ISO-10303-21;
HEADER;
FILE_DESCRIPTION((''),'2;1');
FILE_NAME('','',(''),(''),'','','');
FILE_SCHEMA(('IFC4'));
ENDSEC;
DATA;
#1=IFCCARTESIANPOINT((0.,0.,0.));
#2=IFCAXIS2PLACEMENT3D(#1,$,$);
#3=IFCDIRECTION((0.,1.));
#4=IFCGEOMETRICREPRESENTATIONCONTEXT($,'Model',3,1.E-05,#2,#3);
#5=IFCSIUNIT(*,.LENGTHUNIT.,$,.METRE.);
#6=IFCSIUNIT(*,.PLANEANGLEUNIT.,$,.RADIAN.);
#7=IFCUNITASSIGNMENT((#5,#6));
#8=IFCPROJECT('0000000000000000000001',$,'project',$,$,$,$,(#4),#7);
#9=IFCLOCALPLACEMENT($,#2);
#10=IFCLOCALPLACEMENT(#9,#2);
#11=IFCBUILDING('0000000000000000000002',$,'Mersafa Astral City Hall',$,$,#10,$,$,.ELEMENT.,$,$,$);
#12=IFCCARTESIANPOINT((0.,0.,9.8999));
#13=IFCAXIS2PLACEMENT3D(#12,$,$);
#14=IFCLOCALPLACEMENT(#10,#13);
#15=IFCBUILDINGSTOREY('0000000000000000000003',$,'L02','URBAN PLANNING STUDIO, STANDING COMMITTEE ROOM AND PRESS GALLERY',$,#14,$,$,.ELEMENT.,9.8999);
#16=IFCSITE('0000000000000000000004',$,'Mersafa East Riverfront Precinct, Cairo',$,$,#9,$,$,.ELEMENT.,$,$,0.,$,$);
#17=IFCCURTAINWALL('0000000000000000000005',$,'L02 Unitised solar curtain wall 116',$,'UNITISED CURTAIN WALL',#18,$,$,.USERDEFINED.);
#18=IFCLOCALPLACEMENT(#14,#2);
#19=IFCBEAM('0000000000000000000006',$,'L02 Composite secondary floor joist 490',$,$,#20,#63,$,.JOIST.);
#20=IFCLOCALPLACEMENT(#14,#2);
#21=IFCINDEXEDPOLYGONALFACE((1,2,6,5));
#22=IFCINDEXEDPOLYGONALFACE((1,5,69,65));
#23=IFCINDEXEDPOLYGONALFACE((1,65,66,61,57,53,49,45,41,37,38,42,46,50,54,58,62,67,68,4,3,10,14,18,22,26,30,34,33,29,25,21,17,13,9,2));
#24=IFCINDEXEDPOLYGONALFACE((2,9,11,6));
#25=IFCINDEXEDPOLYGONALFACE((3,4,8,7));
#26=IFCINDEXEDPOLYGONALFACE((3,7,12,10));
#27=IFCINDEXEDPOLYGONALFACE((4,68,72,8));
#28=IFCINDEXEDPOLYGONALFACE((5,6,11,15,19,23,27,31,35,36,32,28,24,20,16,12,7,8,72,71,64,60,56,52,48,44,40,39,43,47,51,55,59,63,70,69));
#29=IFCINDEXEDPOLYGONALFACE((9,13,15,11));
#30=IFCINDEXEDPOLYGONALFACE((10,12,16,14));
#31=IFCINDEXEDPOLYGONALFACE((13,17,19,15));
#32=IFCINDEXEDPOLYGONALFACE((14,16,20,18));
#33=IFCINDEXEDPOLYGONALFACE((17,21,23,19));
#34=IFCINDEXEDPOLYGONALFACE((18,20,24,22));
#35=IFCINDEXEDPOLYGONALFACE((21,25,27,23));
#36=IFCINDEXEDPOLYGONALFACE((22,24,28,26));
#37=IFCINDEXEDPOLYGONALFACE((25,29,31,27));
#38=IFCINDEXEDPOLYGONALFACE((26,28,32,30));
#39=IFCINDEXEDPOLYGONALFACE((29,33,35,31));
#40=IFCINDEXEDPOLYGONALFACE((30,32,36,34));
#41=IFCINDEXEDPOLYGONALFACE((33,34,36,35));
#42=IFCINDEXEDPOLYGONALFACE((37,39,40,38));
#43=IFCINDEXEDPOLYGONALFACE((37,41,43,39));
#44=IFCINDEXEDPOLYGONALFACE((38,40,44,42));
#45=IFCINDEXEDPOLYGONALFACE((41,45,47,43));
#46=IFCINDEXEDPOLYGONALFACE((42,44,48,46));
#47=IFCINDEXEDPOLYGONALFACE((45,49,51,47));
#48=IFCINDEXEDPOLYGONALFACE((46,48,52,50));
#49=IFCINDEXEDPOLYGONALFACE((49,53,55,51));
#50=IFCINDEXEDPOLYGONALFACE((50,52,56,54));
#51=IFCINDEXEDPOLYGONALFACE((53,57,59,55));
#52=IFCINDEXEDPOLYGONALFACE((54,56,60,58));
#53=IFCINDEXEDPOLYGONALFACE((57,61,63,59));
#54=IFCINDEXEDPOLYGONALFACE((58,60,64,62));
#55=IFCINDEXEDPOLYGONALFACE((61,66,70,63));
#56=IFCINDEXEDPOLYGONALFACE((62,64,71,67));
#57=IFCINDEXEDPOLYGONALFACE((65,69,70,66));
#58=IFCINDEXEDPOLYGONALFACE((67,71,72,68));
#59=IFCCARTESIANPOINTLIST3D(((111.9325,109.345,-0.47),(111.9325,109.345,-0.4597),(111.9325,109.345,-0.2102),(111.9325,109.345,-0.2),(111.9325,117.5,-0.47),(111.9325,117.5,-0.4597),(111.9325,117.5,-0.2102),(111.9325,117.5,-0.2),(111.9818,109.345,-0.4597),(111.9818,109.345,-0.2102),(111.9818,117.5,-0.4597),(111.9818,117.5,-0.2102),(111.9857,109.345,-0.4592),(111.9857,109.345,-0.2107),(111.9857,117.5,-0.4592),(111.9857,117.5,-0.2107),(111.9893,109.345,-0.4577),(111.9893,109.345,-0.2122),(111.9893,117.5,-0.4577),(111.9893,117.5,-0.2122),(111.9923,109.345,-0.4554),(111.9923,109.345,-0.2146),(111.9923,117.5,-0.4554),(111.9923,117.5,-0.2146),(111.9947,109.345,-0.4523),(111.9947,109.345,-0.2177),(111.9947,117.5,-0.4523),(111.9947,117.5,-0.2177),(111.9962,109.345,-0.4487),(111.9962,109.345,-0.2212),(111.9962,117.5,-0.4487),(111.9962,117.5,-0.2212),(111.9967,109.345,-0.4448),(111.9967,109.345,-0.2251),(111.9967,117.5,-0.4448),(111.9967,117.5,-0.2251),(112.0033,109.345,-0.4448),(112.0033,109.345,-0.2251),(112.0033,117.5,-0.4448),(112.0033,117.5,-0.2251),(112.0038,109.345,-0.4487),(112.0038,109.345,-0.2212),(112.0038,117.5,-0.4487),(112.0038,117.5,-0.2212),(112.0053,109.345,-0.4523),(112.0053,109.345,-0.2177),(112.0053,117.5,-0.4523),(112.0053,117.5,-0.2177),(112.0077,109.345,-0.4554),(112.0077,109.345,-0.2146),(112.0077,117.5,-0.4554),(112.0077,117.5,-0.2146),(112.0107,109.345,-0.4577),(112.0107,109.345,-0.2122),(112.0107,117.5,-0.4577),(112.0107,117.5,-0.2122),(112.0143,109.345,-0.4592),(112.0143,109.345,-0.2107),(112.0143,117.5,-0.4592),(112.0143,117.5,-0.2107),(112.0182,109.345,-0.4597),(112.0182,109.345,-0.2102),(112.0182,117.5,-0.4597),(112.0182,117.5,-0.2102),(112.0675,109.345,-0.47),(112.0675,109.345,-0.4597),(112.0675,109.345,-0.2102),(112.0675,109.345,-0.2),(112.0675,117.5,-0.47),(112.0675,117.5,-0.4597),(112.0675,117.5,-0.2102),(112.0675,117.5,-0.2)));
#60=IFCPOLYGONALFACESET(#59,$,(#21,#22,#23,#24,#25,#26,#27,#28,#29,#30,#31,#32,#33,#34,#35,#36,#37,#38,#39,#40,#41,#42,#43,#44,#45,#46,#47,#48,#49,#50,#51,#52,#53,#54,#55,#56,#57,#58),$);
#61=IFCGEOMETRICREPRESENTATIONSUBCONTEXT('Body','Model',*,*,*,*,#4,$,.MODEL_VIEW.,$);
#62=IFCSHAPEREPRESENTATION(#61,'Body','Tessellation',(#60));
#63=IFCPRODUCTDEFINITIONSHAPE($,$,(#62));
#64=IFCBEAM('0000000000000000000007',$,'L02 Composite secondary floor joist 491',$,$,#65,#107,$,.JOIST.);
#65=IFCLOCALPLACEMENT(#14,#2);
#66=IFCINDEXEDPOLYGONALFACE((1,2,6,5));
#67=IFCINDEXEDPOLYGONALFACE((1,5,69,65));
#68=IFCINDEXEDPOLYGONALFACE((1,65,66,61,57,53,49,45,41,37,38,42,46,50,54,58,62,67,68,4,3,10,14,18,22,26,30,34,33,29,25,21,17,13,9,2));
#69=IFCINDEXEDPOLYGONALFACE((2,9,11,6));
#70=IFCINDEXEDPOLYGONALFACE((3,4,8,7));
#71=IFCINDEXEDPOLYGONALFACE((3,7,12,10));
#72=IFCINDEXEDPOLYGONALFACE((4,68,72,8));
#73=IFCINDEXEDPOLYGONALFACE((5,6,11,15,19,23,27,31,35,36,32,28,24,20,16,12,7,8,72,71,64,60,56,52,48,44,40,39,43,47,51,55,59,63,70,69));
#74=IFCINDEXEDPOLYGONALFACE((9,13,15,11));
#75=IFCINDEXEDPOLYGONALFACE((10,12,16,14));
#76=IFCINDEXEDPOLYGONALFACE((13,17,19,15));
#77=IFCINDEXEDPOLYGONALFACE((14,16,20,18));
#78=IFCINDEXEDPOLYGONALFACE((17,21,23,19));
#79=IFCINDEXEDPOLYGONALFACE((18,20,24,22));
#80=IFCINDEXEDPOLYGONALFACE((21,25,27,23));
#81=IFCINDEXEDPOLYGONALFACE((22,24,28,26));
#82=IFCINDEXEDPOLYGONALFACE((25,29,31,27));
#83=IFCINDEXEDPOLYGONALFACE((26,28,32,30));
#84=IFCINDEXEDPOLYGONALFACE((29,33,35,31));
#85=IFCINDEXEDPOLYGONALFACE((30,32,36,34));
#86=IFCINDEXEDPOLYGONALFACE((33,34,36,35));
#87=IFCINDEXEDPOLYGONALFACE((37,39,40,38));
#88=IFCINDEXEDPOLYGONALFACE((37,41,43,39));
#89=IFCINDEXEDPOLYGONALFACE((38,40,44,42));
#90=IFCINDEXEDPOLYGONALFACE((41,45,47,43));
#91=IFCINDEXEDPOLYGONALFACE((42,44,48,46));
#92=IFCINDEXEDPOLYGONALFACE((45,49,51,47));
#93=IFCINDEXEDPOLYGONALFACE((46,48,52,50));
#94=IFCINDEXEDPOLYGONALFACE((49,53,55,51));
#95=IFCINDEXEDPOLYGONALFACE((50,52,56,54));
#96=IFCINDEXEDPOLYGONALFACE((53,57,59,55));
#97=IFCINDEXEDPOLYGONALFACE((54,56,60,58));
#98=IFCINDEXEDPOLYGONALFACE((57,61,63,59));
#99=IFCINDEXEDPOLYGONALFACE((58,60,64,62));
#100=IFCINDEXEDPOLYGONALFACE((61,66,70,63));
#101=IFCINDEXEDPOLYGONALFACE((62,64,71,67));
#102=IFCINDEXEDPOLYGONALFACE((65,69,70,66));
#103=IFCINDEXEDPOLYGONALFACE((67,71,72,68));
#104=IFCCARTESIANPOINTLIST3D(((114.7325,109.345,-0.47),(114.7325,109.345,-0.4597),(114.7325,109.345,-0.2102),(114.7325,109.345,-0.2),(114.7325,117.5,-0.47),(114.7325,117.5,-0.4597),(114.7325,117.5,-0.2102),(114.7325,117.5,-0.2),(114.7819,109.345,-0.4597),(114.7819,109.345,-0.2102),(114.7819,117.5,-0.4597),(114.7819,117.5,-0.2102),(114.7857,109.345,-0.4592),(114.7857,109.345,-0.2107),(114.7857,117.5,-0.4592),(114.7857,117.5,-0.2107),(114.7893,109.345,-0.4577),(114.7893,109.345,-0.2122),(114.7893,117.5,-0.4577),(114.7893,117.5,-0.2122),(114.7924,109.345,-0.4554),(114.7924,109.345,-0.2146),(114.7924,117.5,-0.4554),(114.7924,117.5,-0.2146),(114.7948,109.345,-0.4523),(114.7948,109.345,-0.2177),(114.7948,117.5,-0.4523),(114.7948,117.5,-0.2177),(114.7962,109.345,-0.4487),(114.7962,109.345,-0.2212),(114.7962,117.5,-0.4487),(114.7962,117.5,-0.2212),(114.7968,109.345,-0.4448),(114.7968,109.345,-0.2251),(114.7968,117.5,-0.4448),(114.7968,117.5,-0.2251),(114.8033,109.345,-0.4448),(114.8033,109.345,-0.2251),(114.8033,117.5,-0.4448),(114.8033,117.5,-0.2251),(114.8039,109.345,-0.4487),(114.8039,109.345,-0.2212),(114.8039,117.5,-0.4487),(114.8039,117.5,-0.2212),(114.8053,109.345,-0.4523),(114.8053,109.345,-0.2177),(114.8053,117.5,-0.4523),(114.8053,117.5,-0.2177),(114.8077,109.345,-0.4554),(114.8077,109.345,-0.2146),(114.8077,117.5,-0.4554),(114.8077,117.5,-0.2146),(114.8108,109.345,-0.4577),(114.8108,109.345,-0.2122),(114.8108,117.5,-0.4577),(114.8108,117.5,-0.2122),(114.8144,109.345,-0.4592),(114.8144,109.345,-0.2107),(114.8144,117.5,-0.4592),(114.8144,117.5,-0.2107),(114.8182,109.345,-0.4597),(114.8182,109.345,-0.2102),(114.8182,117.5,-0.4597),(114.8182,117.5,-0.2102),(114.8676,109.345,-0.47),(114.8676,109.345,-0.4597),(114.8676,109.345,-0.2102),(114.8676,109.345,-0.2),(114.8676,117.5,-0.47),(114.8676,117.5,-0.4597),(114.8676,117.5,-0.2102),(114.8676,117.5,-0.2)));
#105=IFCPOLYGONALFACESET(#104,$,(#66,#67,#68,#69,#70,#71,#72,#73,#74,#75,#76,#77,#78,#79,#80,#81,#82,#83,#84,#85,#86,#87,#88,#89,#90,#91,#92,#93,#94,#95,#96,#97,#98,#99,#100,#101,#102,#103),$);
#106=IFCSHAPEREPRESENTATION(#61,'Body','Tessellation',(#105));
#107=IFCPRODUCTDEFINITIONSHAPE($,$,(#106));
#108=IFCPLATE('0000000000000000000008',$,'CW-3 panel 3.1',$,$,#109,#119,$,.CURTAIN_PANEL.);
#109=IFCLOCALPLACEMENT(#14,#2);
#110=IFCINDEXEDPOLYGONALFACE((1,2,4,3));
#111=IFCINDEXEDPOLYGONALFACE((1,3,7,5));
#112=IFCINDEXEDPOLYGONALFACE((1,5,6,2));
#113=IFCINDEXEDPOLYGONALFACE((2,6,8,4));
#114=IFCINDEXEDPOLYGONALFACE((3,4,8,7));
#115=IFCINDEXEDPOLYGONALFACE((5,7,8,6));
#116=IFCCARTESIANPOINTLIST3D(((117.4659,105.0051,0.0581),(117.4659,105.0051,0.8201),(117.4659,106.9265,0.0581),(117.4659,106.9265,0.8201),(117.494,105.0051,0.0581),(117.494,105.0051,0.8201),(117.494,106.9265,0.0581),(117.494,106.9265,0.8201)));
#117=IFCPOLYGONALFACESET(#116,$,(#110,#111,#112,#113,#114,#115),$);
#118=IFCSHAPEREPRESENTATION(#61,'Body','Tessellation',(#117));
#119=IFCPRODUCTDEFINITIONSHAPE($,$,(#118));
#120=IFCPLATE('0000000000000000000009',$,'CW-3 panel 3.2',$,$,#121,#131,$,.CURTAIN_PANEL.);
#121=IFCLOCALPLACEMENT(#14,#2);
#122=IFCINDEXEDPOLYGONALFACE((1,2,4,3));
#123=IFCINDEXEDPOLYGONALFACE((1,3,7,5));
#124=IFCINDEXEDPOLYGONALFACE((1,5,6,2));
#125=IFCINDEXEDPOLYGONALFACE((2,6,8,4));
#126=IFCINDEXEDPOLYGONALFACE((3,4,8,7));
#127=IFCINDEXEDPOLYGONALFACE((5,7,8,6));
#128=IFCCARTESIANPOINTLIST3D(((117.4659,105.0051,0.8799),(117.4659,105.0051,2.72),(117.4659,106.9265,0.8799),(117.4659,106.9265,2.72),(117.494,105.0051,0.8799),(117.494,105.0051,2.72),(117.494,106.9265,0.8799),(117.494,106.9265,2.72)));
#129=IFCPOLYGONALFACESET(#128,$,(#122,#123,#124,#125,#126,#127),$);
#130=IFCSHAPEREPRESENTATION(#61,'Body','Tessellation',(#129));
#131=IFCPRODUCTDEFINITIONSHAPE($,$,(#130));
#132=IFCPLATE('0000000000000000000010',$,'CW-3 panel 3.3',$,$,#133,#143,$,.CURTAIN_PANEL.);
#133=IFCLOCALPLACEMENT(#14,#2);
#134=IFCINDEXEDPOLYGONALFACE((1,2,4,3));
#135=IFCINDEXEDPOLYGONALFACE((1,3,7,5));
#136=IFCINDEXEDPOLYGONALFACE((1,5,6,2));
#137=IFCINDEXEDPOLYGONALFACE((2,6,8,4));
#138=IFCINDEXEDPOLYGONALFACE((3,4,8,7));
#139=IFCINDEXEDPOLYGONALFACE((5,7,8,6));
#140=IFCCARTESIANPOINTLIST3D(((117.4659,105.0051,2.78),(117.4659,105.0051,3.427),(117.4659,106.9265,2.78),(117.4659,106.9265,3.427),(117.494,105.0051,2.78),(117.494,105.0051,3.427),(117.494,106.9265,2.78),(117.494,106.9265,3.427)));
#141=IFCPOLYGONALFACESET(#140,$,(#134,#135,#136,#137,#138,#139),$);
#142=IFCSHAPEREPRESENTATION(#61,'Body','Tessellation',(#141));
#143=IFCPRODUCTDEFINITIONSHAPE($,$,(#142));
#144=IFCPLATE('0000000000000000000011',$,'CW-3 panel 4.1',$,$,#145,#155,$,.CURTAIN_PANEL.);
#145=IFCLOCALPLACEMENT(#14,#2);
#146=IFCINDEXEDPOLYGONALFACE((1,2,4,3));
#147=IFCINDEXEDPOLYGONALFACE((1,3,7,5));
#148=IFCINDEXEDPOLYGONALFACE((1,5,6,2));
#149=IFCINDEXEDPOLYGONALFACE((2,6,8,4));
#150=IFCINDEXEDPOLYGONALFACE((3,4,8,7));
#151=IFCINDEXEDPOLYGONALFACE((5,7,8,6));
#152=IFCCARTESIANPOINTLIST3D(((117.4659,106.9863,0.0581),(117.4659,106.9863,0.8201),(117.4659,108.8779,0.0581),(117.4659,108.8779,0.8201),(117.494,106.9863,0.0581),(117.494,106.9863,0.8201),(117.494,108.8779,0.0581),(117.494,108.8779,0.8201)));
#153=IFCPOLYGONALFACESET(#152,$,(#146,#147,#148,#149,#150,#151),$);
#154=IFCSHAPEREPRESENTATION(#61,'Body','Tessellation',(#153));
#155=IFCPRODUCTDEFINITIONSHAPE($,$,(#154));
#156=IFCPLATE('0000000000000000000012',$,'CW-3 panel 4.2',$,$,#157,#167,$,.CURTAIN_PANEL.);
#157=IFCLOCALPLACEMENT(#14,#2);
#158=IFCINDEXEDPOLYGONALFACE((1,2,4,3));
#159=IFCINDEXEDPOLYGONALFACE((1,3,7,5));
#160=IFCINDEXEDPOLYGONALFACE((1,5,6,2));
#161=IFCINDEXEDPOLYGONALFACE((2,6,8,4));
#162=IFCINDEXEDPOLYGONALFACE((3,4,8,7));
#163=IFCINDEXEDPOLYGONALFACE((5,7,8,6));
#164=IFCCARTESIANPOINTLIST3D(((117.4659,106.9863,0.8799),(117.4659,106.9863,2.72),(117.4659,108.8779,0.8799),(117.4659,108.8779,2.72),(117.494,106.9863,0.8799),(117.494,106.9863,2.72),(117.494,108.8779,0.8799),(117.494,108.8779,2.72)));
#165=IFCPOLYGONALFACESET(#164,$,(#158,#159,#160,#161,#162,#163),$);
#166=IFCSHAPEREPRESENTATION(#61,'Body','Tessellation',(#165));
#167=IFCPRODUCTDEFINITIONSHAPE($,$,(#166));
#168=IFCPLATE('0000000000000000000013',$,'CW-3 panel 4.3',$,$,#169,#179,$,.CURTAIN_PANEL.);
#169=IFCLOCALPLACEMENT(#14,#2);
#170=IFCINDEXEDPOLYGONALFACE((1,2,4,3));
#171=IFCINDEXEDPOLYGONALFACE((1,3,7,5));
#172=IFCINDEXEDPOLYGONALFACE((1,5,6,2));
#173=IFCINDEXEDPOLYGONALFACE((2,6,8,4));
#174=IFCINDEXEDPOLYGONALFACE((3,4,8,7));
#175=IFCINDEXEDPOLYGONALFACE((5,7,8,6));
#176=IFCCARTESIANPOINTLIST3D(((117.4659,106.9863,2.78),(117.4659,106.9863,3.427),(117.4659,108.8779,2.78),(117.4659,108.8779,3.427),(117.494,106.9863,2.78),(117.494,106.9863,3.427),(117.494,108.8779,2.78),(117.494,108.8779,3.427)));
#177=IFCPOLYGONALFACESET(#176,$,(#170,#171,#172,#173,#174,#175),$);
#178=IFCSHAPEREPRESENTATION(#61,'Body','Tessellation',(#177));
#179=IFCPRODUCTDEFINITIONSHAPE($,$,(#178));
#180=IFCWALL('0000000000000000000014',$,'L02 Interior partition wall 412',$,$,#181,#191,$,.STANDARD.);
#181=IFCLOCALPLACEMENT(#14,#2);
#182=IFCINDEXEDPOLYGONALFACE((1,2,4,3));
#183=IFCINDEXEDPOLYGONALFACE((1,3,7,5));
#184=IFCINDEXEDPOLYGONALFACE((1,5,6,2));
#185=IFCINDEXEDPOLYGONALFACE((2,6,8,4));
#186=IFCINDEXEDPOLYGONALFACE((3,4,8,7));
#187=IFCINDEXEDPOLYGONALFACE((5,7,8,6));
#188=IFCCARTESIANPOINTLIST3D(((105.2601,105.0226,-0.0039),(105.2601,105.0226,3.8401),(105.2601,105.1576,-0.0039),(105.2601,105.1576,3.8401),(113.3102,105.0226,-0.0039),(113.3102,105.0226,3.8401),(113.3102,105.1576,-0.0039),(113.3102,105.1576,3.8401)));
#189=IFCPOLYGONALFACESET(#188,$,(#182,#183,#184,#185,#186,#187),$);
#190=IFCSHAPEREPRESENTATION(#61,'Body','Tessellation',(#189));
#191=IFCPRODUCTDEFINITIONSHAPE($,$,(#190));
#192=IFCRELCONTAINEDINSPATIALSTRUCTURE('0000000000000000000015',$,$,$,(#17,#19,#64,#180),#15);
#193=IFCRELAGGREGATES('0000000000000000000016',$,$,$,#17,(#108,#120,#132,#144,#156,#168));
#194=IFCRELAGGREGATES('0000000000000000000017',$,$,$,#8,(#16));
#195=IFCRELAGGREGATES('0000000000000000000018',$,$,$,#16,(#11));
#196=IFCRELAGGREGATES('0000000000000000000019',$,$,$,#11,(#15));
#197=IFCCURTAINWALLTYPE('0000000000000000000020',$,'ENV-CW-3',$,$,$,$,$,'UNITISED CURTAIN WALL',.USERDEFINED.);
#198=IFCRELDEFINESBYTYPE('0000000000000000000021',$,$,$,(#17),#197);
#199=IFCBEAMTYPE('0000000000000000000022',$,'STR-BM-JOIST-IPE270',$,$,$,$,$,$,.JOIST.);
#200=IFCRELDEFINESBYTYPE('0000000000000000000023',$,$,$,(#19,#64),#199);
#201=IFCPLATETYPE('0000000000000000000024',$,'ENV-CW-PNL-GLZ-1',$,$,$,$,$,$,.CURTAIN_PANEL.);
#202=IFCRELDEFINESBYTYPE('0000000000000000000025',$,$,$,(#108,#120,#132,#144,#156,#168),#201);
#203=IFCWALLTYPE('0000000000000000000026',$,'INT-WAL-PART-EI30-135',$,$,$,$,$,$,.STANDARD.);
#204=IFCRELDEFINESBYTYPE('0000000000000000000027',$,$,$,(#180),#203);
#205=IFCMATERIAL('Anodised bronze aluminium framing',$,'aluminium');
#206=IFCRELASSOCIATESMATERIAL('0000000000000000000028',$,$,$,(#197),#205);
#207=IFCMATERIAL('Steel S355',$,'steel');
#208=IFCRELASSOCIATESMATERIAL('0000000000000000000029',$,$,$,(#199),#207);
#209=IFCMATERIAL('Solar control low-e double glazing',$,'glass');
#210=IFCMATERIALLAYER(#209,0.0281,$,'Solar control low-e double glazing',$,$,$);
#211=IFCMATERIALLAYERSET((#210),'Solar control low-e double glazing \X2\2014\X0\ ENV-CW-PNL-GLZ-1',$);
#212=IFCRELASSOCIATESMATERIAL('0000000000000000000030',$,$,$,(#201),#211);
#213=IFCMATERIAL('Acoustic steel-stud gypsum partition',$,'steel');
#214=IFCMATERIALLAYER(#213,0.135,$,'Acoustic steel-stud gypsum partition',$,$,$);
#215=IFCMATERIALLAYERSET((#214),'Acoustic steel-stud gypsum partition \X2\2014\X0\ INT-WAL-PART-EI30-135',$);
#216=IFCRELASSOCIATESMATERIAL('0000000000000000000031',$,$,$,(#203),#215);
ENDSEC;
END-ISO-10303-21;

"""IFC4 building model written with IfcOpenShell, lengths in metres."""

from ifc_helpers import new_model, si_unit, direction, frame, frame_2d, origin, origin_2d, place, context, subcontext, project, spatial, rectangle, i_section, extrude, material, layer, layer_set, material_profile, profile_set, type_object, element, aggregate, save


model = new_model("IFC4")

# Units and contexts
model_context = context("Model", 3, precision=1e-05, world=origin(), true_north=direction((0.0, 1.0)))
body_context = subcontext(model_context, "Body", "Model", "MODEL_VIEW")
ifc_project = project(units=[si_unit("LENGTHUNIT", "METRE"), si_unit("PLANEANGLEUNIT", "RADIAN")], contexts=[model_context])

# Site, building, storey
site_placement = place(None, origin())
site = spatial("IfcSite", under=ifc_project, at=site_placement, Name="Mersafa East Riverfront Precinct, Cairo", CompositionType="ELEMENT", RefElevation=0.0)
building_placement = place(site_placement, origin())
building = spatial("IfcBuilding", under=site, at=building_placement, Name="Mersafa Astral City Hall", CompositionType="ELEMENT")
storey_placement = place(building_placement, frame((0.0, 0.0, 9.8999)))
storey = spatial("IfcBuildingStorey", under=building, at=storey_placement, Name="L02", Description="URBAN PLANNING STUDIO, STANDING COMMITTEE ROOM AND PRESS GALLERY", CompositionType="ELEMENT", Elevation=9.8999)

# Shared definitions
ifc_material_1 = material(Name="Steel S355", Category="steel")

# Curtain wall
ifc_material_2 = material(Name="Anodised bronze aluminium framing", Category="aluminium")
curtain_wall_type = type_object("IfcCurtainWallType", Name="ENV-CW-3", ElementType="UNITISED CURTAIN WALL", PredefinedType="USERDEFINED", material=ifc_material_2)
curtain_wall_placement = place(storey_placement, origin())
curtain_wall = element("IfcCurtainWall", 1, at=curtain_wall_placement, inside=storey, type_object=curtain_wall_type, Name="L02 Unitised solar curtain wall 116", ObjectType="UNITISED CURTAIN WALL", PredefinedType="USERDEFINED")

# Beams
ifc_material_profile_1 = material_profile(ifc_material_1, i_section(OverallWidth=0.135, OverallDepth=0.27, WebThickness=0.0066, FlangeThickness=0.0103, FilletRadius=0.0149, at=origin_2d()), Name="IPE 270")
ifc_profile_set_1 = profile_set([ifc_material_profile_1], Name="Steel S355")
beam_type_1 = type_object("IfcBeamType", Name="STR-BM-JOIST-IPE270", PredefinedType="JOIST", material=ifc_profile_set_1)
for number, where, z_axis, x_axis, name in (
    (2, (112.0, 109.345, -0.335), (0.0, 1.0, 0.0), (-1.0, 0.0, 0.0), "L02 Composite secondary floor joist 490"),
    (3, (114.8, 109.345, -0.335), (0.0, 1.0, 0.0), (-1.0, 0.0, 0.0), "L02 Composite secondary floor joist 491"),
):
    element("IfcBeam", number, at=place(storey_placement, frame(where, z_axis=z_axis, x_axis=x_axis)), inside=storey, type_object=beam_type_1, Name=name, PredefinedType="JOIST", context=body_context, shape_type="SweptSolid", body=[
        extrude(i_section(OverallWidth=0.135, OverallDepth=0.27, WebThickness=0.0066, FlangeThickness=0.0103, FilletRadius=0.0149, at=origin_2d()), origin(), (0.0, 0.0, 1.0), 8.155),
    ])

# Plates
ifc_material_3 = material(Name="Solar control low-e double glazing", Category="glass")
ifc_layer_1 = layer(ifc_material_3, 0.0281, Name="Solar control low-e double glazing")
ifc_layer_set_1 = layer_set([ifc_layer_1], Name="Solar control low-e double glazing — ENV-CW-PNL-GLZ-1")
plate_type = type_object("IfcPlateType", Name="ENV-CW-PNL-GLZ-1", PredefinedType="CURTAIN_PANEL", material=ifc_layer_set_1)
plate_1_placement = place(storey_placement, frame((117.48, 105.9658, 0.0581), z_axis=(0.0, 0.0, 1.0), x_axis=(0.0, 1.0, 0.0)))
plate_1 = element("IfcPlate", 4, at=plate_1_placement, type_object=plate_type, Name="CW-3 panel 3.1", PredefinedType="CURTAIN_PANEL", context=body_context, shape_type="SweptSolid", body=[
    extrude(rectangle(XDim=1.9214, YDim=0.0281, at=origin_2d()), origin(), (0.0, 0.0, 1.0), 0.762),
])
plate_2_placement = place(storey_placement, frame((117.48, 105.9658, 0.8799), z_axis=(0.0, 0.0, 1.0), x_axis=(0.0, 1.0, 0.0)))
plate_2 = element("IfcPlate", 5, at=plate_2_placement, type_object=plate_type, Name="CW-3 panel 3.2", PredefinedType="CURTAIN_PANEL", context=body_context, shape_type="SweptSolid", body=[
    extrude(rectangle(XDim=1.9214, YDim=0.0281, at=origin_2d()), origin(), (0.0, 0.0, 1.0), 1.8401),
])
plate_3_placement = place(storey_placement, frame((117.48, 105.9658, 2.78), z_axis=(0.0, 0.0, 1.0), x_axis=(0.0, 1.0, 0.0)))
plate_3 = element("IfcPlate", 6, at=plate_3_placement, type_object=plate_type, Name="CW-3 panel 3.3", PredefinedType="CURTAIN_PANEL", context=body_context, shape_type="SweptSolid", body=[
    extrude(rectangle(XDim=1.9214, YDim=0.0281, at=origin_2d()), origin(), (0.0, 0.0, 1.0), 0.647),
])
plate_4_placement = place(storey_placement, frame((117.48, 107.9321, 0.0581), z_axis=(0.0, 0.0, 1.0), x_axis=(0.0, 1.0, 0.0)))
plate_4 = element("IfcPlate", 7, at=plate_4_placement, type_object=plate_type, Name="CW-3 panel 4.1", PredefinedType="CURTAIN_PANEL", context=body_context, shape_type="SweptSolid", body=[
    extrude(rectangle(XDim=1.8916, YDim=0.0281, at=origin_2d()), origin(), (0.0, 0.0, 1.0), 0.762),
])
plate_5_placement = place(storey_placement, frame((117.48, 107.9321, 0.8799), z_axis=(0.0, 0.0, 1.0), x_axis=(0.0, 1.0, 0.0)))
plate_5 = element("IfcPlate", 8, at=plate_5_placement, type_object=plate_type, Name="CW-3 panel 4.2", PredefinedType="CURTAIN_PANEL", context=body_context, shape_type="SweptSolid", body=[
    extrude(rectangle(XDim=1.8916, YDim=0.0281, at=origin_2d()), origin(), (0.0, 0.0, 1.0), 1.8401),
])
plate_6_placement = place(storey_placement, frame((117.48, 107.9321, 2.78), z_axis=(0.0, 0.0, 1.0), x_axis=(0.0, 1.0, 0.0)))
plate_6 = element("IfcPlate", 9, at=plate_6_placement, type_object=plate_type, Name="CW-3 panel 4.3", PredefinedType="CURTAIN_PANEL", context=body_context, shape_type="SweptSolid", body=[
    extrude(rectangle(XDim=1.8916, YDim=0.0281, at=origin_2d()), origin(), (0.0, 0.0, 1.0), 0.647),
])
aggregate(curtain_wall, [plate_1, plate_2, plate_3, plate_4, plate_5, plate_6])

# Wall
ifc_material_4 = material(Name="Acoustic steel-stud gypsum partition", Category="steel")
ifc_layer_2 = layer(ifc_material_4, 0.135, Name="Acoustic steel-stud gypsum partition")
ifc_layer_set_2 = layer_set([ifc_layer_2], Name="Acoustic steel-stud gypsum partition — INT-WAL-PART-EI30-135")
wall_type_1 = type_object("IfcWallType", Name="INT-WAL-PART-EI30-135", PredefinedType="STANDARD", material=ifc_layer_set_2)
wall_1_placement = place(storey_placement, frame((113.3101, 105.0901, -0.0039), z_axis=(0.0, 0.0, 1.0), x_axis=(-1.0, 0.0, 0.0)))
element("IfcWall", 10, at=wall_1_placement, inside=storey, type_object=wall_type_1, Name="L02 Interior partition wall 412", PredefinedType="STANDARD", context=body_context, shape_type="SweptSolid", body=[
    extrude(rectangle(XDim=8.05, YDim=0.135, at=frame_2d((4.0249, 0.0))), origin(), (0.0, 0.0, 1.0), 3.844),
])

save(model, "model.ifc")
